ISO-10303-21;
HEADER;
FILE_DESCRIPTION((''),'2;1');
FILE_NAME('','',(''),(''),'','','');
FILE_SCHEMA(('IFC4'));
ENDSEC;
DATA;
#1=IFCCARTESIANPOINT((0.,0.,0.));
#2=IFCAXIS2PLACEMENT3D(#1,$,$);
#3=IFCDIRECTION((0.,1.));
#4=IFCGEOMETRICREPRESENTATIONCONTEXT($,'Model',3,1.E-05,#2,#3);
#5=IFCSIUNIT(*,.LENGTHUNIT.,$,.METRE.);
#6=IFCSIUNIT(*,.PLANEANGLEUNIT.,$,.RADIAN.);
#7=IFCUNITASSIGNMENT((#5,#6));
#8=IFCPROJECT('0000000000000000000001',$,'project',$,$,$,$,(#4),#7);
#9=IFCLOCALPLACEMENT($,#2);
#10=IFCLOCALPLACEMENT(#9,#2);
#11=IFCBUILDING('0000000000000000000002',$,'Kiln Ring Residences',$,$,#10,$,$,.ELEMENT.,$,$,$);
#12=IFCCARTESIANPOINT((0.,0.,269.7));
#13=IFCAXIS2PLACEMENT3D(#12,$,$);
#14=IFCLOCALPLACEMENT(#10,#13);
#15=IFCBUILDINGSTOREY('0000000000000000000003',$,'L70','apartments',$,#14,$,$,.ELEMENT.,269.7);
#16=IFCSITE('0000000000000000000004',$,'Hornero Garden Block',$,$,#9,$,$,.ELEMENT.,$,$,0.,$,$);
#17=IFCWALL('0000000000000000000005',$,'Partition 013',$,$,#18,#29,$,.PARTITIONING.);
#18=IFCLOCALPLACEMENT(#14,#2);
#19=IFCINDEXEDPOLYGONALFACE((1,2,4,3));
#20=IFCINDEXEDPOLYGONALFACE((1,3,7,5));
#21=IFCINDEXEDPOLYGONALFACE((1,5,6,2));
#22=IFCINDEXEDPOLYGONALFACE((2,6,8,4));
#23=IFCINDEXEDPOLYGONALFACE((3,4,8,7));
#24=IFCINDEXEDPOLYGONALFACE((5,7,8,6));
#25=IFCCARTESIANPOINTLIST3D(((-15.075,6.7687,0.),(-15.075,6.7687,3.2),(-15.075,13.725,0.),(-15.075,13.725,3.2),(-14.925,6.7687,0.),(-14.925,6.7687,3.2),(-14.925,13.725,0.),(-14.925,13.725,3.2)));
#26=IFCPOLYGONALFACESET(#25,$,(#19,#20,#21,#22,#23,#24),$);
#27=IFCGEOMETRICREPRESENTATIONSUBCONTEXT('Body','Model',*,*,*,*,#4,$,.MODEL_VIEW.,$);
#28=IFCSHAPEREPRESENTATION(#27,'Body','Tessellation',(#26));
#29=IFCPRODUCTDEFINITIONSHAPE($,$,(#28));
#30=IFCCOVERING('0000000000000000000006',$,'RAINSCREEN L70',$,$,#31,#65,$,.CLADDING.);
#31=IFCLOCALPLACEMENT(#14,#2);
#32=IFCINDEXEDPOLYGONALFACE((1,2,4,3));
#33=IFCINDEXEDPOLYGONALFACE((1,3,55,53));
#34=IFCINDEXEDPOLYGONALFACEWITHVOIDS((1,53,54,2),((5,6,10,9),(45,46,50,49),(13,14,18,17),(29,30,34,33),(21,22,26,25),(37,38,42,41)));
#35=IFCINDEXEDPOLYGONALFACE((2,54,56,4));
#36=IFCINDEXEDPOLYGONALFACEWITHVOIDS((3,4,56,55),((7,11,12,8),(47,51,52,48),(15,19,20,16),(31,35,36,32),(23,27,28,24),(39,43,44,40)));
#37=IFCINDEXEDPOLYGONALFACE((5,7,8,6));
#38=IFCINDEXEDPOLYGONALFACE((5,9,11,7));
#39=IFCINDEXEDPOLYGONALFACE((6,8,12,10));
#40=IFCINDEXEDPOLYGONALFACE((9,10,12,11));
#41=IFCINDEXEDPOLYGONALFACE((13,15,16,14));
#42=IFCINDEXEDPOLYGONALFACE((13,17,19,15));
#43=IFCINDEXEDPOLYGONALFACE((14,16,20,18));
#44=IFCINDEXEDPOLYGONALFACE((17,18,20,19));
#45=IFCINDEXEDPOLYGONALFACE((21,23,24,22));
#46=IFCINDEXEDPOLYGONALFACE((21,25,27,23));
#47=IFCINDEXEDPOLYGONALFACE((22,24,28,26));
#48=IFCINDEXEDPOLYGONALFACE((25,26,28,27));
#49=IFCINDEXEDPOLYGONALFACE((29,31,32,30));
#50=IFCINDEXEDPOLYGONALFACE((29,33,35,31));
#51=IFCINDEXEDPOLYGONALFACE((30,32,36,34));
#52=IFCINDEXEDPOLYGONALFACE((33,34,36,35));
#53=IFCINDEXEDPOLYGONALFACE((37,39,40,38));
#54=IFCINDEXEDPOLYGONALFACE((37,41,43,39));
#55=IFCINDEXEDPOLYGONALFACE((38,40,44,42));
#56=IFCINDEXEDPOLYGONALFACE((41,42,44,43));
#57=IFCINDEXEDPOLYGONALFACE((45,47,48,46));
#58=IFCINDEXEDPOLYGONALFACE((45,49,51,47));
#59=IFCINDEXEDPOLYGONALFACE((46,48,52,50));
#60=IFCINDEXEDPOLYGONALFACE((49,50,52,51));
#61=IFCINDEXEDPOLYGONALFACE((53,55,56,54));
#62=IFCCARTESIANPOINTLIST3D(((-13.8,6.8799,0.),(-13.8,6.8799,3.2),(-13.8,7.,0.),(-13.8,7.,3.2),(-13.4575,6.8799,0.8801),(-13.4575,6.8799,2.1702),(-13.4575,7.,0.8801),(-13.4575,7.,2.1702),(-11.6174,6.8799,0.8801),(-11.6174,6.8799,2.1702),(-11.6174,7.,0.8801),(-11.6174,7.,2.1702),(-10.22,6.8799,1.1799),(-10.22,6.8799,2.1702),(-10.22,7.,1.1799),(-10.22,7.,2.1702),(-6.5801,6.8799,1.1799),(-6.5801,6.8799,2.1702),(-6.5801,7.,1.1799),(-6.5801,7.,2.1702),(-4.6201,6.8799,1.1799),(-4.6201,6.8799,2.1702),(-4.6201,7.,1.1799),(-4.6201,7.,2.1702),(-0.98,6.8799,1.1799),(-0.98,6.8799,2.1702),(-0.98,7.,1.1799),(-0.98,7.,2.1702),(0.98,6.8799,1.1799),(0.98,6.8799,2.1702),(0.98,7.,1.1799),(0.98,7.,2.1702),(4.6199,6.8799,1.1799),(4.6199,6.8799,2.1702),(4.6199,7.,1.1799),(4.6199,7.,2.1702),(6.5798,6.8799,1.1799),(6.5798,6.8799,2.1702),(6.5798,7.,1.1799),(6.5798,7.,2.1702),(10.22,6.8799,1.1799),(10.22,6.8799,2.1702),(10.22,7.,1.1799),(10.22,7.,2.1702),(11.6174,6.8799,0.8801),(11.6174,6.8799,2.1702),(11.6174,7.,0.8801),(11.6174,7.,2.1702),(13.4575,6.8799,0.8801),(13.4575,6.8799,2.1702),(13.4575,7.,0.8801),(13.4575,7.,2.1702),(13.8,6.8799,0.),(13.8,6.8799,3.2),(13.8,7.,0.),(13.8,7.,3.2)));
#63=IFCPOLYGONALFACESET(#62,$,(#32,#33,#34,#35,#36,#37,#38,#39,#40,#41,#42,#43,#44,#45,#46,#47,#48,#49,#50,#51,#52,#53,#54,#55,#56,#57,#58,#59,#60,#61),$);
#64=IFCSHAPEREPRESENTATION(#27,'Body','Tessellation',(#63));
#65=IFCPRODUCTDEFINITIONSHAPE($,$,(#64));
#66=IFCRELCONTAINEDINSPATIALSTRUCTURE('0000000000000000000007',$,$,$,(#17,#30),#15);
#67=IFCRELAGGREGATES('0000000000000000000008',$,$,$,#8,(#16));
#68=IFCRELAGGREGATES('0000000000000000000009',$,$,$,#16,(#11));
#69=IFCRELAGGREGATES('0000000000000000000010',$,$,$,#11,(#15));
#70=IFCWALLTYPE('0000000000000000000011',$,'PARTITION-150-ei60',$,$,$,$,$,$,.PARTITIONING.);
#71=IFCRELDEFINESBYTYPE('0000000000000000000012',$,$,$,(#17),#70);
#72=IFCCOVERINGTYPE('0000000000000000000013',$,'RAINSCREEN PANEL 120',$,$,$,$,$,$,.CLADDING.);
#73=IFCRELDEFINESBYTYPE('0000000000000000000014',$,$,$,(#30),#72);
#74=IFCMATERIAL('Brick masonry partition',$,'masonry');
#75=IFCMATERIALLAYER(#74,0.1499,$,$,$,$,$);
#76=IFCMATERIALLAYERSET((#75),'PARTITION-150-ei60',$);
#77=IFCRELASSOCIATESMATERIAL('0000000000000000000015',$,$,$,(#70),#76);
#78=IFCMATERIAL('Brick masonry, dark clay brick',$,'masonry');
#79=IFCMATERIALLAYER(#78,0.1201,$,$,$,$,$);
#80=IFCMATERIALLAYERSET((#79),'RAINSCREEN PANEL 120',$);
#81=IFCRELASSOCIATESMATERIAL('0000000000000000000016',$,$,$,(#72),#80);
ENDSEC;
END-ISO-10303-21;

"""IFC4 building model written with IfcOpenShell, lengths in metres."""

from ifc_helpers import new_model, si_unit, direction, frame, frame_2d, origin, place, context, subcontext, project, spatial, polyline, rectangle, outline, extrude, material, layer, layer_set, type_object, element, save


model = new_model("IFC4")

# Units and contexts
model_context = context("Model", 3, precision=1e-05, world=origin(), true_north=direction((0.0, 1.0)))
body_context = subcontext(model_context, "Body", "Model", "MODEL_VIEW")
ifc_project = project(units=[si_unit("LENGTHUNIT", "METRE"), si_unit("PLANEANGLEUNIT", "RADIAN")], contexts=[model_context])

# Site, building, storey
site_placement = place(None, origin())
site = spatial("IfcSite", under=ifc_project, at=site_placement, Name="Hornero Garden Block", CompositionType="ELEMENT", RefElevation=0.0)
building_placement = place(site_placement, origin())
building = spatial("IfcBuilding", under=site, at=building_placement, Name="Kiln Ring Residences", CompositionType="ELEMENT")
storey_placement = place(building_placement, frame((0.0, 0.0, 269.7)))
storey = spatial("IfcBuildingStorey", under=building, at=storey_placement, Name="L70", Description="apartments", CompositionType="ELEMENT", Elevation=269.7)

# Wall
ifc_material_1 = material(Name="Brick masonry partition", Category="masonry")
ifc_layer_1 = layer(ifc_material_1, 0.1499)
ifc_layer_set_1 = layer_set([ifc_layer_1], Name="PARTITION-150-ei60")
wall_type_1 = type_object("IfcWallType", Name="PARTITION-150-ei60", PredefinedType="PARTITIONING", material=ifc_layer_set_1)
wall_1_placement = place(storey_placement, frame((-15.0, 6.7688, 0.0), z_axis=(0.0, 0.0, 1.0), x_axis=(0.0, 1.0, 0.0)))
element("IfcWall", 1, at=wall_1_placement, inside=storey, type_object=wall_type_1, Name="Partition 013", PredefinedType="PARTITIONING", context=body_context, shape_type="SweptSolid", body=[
    extrude(rectangle(XDim=6.9563, YDim=0.1499, at=frame_2d((3.478, 0.0))), origin(), (0.0, 0.0, 1.0), 3.2),
])

# Covering
ifc_material_2 = material(Name="Brick masonry, dark clay brick", Category="masonry")
ifc_layer_2 = layer(ifc_material_2, 0.1201)
ifc_layer_set_2 = layer_set([ifc_layer_2], Name="RAINSCREEN PANEL 120")
covering_type = type_object("IfcCoveringType", Name="RAINSCREEN PANEL 120", PredefinedType="CLADDING", material=ifc_layer_set_2)
covering_placement = place(storey_placement, frame((-13.8, 6.9399, 0.0), z_axis=(0.0, 0.0, 1.0), x_axis=(1.0, 0.0, 0.0)))
element("IfcCovering", 2, at=covering_placement, inside=storey, type_object=covering_type, Name="RAINSCREEN L70", PredefinedType="CLADDING", context=body_context, shape_type="SweptSolid", body=[
    extrude(outline(polyline([(0.0, 0.0), (27.6001, 0.0), (27.6001, 3.2), (0.0, 3.2), (0.0, 0.0)]), holes=[polyline([(2.1826, 0.8801), (2.1826, 2.1702), (0.3425, 2.1702), (0.3425, 0.8801), (2.1826, 0.8801)]), polyline([(25.4175, 0.8801), (27.2576, 0.8801), (27.2576, 2.1702), (25.4175, 2.1702), (25.4175, 0.8801)]), polyline([(3.5801, 1.1799), (7.22, 1.1799), (7.22, 2.1702), (3.5801, 2.1702), (3.5801, 1.1799)]), polyline([(12.8201, 1.1799), (12.8201, 2.1702), (9.1799, 2.1702), (9.1799, 1.1799), (12.8201, 1.1799)]), polyline([(14.78, 1.1799), (18.4199, 1.1799), (18.4199, 2.1702), (14.78, 2.1702), (14.78, 1.1799)]), polyline([(20.3799, 1.1799), (24.02, 1.1799), (24.02, 2.1702), (20.3799, 2.1702), (20.3799, 1.1799)])]), frame((0.0, 0.0601, 0.0), z_axis=(0.0, -1.0, 0.0), x_axis=(1.0, 0.0, 0.0)), (0.0, 0.0, 1.0), 0.1201),
])

save(model, "model.ifc")
